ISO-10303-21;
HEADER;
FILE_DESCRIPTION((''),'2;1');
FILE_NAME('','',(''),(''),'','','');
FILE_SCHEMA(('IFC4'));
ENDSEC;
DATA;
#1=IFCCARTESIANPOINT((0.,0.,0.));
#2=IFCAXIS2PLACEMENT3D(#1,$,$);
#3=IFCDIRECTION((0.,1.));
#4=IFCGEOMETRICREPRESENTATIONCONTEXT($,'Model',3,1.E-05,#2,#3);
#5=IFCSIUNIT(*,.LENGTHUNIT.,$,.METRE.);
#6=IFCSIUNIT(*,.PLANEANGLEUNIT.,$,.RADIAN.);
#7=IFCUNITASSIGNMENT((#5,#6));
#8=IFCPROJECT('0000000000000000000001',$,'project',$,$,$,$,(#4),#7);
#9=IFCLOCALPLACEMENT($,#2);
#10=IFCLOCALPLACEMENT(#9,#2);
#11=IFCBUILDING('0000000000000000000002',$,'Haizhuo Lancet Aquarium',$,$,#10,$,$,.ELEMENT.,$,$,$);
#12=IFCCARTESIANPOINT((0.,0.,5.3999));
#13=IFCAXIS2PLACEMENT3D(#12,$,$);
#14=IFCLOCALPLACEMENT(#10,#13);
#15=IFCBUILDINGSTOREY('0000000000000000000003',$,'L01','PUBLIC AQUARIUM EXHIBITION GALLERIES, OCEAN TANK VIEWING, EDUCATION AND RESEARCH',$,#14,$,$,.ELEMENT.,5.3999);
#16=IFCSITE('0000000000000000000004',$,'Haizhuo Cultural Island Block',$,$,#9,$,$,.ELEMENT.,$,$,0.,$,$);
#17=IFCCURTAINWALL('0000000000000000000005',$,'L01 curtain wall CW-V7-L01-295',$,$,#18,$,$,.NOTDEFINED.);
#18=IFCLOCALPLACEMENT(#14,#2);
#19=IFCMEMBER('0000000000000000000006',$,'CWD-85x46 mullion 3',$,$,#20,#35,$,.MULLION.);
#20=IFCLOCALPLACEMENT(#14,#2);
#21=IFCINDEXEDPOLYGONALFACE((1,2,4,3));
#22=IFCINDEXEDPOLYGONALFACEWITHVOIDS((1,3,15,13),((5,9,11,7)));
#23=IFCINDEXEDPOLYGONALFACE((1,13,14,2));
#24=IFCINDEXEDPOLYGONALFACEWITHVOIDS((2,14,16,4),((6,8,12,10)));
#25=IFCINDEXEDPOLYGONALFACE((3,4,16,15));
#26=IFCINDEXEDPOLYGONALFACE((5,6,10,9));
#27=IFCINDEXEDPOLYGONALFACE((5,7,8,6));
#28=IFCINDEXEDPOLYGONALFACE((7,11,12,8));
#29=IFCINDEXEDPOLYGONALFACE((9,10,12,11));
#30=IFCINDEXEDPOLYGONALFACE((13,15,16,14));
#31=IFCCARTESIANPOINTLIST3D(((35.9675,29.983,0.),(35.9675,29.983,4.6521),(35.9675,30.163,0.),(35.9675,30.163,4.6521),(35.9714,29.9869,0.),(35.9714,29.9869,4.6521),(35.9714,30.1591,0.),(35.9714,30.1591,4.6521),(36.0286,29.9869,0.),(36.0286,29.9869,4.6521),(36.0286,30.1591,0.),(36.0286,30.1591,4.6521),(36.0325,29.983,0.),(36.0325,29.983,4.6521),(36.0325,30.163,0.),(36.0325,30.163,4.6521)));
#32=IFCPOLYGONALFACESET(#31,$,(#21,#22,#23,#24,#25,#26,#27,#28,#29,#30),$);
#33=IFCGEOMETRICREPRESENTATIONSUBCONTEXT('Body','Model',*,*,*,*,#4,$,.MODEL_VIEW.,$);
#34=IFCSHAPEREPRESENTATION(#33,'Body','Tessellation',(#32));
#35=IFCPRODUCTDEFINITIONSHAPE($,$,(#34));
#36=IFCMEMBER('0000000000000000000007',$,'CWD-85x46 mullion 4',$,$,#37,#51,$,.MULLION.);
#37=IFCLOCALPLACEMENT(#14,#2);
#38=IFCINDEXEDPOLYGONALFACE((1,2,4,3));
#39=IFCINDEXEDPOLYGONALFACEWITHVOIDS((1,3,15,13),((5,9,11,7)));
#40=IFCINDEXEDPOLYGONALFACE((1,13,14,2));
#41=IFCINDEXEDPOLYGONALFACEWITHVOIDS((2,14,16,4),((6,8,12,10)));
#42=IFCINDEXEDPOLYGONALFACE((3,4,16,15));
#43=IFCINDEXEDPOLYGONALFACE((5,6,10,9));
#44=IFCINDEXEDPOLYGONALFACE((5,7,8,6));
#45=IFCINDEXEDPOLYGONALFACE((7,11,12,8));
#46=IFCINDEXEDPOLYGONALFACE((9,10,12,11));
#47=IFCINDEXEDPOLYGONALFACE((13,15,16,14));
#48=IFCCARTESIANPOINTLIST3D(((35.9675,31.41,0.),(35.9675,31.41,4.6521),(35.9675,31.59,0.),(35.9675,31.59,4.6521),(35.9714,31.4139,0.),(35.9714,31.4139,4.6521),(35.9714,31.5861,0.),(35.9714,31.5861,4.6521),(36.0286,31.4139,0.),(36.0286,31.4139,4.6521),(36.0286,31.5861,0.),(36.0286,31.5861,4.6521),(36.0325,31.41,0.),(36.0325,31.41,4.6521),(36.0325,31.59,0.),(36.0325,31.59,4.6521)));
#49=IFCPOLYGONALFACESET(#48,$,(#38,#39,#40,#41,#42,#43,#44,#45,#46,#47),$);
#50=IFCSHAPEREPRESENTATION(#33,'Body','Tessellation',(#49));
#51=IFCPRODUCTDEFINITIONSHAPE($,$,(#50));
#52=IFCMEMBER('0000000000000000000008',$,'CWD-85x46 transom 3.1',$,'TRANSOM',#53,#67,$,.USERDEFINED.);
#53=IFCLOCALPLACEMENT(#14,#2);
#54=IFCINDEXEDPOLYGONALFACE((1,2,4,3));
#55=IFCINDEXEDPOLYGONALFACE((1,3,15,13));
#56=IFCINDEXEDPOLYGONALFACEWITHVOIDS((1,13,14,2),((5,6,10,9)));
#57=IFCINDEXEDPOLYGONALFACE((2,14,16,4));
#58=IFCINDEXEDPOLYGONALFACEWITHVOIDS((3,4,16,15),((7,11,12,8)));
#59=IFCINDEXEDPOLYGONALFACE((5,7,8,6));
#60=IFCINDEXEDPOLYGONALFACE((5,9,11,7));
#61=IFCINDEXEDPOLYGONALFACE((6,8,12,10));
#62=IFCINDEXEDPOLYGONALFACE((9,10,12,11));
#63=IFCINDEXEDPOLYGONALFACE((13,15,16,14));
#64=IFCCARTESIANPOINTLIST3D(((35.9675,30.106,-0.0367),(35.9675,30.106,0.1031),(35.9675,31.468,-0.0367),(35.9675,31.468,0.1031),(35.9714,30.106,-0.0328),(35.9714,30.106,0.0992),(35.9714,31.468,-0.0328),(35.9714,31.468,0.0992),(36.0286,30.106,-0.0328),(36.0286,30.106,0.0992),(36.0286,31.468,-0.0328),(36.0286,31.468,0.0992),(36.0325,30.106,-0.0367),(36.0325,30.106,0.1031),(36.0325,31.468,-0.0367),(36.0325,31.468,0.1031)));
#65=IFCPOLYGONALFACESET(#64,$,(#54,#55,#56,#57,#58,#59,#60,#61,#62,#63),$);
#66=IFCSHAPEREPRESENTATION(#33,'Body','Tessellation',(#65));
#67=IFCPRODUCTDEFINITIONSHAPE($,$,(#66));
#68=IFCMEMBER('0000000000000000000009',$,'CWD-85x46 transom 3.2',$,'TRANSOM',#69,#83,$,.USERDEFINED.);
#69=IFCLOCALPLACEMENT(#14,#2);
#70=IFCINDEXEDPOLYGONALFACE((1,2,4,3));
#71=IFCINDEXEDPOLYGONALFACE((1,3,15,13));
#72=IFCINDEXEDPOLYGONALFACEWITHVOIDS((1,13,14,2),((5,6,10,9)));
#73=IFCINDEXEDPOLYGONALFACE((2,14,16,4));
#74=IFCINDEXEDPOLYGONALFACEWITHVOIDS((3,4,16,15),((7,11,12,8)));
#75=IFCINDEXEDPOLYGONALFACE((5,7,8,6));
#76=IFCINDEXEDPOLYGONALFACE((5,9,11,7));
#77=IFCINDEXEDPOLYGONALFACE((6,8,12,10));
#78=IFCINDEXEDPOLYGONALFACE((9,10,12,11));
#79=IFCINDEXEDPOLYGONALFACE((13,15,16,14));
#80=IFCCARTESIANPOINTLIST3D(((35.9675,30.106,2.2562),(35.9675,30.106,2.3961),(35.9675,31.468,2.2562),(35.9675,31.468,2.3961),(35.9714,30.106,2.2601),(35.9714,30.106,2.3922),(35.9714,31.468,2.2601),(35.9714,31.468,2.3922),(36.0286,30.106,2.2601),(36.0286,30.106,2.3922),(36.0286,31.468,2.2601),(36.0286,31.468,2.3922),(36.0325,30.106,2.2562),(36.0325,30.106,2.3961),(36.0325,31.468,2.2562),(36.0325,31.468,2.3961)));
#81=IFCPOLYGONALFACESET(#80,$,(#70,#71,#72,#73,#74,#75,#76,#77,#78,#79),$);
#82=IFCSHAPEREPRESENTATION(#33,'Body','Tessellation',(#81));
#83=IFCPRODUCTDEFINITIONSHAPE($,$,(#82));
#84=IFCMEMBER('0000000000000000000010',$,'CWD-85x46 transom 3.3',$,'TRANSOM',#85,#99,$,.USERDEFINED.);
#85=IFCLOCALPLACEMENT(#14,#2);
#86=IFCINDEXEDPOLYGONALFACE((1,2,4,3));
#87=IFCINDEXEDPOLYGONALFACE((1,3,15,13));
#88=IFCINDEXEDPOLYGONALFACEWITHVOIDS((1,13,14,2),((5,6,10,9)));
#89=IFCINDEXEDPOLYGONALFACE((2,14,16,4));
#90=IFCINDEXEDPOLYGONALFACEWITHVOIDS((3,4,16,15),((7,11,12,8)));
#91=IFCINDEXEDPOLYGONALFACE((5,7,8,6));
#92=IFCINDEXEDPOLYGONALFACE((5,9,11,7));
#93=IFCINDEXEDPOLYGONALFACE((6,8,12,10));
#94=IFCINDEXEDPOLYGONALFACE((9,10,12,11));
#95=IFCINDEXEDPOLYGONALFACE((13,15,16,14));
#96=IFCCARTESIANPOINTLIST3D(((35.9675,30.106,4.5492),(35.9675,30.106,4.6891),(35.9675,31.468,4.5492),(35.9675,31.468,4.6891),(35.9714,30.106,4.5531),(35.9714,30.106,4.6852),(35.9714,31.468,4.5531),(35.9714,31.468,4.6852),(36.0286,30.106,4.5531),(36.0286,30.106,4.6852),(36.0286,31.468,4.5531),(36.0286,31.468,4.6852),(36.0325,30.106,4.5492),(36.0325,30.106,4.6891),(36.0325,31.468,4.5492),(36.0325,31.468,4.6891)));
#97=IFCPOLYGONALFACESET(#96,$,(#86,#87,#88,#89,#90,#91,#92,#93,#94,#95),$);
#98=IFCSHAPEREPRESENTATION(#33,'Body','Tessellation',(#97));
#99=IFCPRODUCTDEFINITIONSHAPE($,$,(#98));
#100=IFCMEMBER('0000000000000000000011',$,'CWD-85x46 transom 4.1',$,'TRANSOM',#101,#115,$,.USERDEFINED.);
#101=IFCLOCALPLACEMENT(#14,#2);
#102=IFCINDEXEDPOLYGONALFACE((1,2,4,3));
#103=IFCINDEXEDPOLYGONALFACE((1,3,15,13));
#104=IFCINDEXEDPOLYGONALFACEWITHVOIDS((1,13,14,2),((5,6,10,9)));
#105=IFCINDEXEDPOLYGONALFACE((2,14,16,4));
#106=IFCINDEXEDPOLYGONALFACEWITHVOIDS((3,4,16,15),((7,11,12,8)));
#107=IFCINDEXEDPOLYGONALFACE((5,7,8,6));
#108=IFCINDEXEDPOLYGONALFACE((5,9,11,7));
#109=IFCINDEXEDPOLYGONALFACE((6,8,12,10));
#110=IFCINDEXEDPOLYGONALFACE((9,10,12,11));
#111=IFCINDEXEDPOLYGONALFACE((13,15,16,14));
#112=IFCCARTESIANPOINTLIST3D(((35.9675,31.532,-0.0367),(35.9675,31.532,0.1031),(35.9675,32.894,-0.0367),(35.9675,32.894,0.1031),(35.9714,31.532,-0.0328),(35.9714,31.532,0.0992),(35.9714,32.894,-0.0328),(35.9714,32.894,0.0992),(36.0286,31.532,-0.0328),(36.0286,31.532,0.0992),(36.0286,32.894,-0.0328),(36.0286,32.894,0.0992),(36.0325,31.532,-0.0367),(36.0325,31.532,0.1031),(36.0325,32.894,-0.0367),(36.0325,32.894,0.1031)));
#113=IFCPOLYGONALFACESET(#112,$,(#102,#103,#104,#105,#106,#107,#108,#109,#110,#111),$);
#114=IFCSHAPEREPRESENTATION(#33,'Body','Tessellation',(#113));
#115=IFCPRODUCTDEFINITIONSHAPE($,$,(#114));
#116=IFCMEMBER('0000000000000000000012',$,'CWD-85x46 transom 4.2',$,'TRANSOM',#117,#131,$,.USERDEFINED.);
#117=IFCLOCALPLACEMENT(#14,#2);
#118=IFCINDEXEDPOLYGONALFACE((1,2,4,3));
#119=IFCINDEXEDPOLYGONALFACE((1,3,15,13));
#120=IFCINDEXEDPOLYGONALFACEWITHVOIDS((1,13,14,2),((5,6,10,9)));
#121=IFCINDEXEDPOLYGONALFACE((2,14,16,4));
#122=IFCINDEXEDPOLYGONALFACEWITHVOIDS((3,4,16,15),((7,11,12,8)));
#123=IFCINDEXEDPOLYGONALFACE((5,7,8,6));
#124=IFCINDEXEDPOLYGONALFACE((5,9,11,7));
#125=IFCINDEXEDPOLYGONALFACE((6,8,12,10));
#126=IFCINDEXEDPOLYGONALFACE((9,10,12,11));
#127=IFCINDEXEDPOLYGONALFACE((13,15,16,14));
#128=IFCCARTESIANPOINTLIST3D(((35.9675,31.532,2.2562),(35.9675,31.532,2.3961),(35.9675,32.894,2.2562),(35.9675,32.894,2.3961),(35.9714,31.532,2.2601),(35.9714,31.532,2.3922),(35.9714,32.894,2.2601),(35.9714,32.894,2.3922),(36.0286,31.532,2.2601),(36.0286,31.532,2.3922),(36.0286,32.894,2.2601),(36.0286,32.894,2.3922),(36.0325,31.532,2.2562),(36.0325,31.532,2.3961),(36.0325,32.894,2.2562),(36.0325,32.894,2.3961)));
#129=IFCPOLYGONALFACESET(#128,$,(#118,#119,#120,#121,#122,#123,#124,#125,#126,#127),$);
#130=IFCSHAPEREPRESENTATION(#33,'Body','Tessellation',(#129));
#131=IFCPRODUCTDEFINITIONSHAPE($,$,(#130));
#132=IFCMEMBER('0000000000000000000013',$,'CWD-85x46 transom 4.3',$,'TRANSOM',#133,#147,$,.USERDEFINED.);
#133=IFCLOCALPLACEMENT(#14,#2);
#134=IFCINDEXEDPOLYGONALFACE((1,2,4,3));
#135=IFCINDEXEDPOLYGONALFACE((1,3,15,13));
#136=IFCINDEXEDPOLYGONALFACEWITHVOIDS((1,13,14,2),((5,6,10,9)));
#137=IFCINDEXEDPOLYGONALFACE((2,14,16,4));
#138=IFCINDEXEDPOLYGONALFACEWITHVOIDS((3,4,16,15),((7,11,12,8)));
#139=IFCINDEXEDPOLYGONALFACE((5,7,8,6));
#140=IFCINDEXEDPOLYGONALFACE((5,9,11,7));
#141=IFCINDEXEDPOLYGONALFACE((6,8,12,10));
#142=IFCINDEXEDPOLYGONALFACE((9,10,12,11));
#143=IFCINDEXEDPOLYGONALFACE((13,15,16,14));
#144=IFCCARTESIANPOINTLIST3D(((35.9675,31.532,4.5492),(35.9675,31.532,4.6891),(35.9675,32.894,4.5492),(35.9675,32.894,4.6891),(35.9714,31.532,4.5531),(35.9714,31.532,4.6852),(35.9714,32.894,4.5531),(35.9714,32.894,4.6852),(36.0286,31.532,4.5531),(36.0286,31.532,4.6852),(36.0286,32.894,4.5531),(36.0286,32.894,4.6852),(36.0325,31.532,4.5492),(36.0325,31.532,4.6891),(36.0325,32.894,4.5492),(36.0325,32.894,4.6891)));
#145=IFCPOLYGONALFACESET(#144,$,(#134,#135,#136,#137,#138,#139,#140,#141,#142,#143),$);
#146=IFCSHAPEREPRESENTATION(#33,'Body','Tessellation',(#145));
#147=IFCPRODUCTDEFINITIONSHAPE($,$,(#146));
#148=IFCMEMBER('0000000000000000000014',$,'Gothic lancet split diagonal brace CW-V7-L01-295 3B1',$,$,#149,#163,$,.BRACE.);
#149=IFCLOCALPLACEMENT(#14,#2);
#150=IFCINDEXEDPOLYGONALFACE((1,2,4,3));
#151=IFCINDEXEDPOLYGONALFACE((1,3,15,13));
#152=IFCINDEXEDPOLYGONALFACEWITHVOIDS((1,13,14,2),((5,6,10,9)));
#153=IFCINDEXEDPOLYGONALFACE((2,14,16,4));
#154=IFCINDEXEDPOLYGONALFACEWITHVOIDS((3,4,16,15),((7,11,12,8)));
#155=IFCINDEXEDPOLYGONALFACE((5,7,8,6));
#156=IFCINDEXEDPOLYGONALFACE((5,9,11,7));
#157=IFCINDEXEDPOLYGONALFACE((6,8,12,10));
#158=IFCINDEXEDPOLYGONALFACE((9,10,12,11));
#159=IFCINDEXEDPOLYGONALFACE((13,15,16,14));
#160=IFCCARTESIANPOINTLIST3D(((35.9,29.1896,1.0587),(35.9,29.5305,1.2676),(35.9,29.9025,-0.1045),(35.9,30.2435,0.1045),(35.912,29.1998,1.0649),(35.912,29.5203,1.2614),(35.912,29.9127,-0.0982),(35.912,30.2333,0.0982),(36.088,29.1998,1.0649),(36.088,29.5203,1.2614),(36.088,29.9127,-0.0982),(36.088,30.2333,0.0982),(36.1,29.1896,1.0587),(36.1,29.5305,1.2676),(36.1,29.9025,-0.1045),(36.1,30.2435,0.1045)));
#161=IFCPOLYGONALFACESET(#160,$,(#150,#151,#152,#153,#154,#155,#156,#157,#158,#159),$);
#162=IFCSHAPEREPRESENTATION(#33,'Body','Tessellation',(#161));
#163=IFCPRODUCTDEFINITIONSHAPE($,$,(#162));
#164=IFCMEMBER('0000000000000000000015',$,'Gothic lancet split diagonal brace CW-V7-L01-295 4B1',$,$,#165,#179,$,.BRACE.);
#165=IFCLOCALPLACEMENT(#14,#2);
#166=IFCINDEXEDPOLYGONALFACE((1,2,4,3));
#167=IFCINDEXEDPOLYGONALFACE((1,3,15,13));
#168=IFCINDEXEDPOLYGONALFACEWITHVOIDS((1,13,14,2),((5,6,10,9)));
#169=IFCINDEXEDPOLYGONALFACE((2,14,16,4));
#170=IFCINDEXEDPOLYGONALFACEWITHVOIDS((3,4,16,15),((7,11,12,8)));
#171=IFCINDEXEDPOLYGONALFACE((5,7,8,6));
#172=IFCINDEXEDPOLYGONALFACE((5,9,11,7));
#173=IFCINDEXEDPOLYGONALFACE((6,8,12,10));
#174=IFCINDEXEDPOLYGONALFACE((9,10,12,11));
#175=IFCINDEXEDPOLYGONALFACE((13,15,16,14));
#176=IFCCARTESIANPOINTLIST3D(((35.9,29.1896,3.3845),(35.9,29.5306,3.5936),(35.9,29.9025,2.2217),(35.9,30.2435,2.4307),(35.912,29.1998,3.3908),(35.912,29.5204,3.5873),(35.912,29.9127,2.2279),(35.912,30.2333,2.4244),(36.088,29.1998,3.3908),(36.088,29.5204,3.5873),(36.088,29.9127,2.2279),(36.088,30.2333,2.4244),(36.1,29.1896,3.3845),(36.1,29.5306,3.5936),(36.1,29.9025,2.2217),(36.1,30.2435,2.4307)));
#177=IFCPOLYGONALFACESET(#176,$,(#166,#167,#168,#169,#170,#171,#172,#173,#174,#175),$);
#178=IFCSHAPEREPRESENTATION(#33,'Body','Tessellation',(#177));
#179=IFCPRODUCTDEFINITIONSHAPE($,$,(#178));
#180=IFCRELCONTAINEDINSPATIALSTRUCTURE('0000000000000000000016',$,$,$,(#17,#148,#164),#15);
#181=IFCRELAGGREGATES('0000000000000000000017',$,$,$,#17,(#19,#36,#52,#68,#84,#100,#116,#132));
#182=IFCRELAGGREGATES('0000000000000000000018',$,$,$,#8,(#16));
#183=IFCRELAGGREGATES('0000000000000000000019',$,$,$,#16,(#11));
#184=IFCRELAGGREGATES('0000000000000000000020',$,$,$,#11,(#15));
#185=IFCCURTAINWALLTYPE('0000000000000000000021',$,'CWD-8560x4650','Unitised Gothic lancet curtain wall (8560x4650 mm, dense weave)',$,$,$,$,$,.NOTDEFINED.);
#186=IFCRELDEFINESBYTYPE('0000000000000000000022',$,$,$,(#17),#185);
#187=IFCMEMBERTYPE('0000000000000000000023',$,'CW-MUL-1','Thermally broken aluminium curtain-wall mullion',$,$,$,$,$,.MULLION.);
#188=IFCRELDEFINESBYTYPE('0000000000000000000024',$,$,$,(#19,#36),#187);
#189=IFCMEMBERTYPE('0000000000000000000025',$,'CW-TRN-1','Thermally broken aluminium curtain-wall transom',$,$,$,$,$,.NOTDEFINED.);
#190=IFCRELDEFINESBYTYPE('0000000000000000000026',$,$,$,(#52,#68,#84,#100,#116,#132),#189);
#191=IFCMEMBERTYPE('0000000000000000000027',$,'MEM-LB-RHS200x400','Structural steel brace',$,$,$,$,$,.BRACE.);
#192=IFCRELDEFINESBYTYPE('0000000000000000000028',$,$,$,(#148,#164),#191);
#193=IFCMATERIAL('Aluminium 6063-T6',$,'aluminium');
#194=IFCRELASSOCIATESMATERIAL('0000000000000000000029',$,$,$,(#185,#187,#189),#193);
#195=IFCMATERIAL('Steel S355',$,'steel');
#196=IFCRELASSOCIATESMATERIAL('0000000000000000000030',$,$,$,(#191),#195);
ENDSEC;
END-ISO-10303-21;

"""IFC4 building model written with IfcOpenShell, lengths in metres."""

from ifc_helpers import new_model, si_unit, direction, frame, origin, origin_2d, place, context, subcontext, project, spatial, hollow_rectangle, extrude, material, material_profile, profile_set, type_object, element, aggregate, save


model = new_model("IFC4")

# Units and contexts
model_context = context("Model", 3, precision=1e-05, world=origin(), true_north=direction((0.0, 1.0)))
body_context = subcontext(model_context, "Body", "Model", "MODEL_VIEW")
ifc_project = project(units=[si_unit("LENGTHUNIT", "METRE"), si_unit("PLANEANGLEUNIT", "RADIAN")], contexts=[model_context])

# Site, building, storey
site_placement = place(None, origin())
site = spatial("IfcSite", under=ifc_project, at=site_placement, Name="Haizhuo Cultural Island Block", CompositionType="ELEMENT", RefElevation=0.0)
building_placement = place(site_placement, origin())
building = spatial("IfcBuilding", under=site, at=building_placement, Name="Haizhuo Lancet Aquarium", CompositionType="ELEMENT")
storey_placement = place(building_placement, frame((0.0, 0.0, 5.3999)))
storey = spatial("IfcBuildingStorey", under=building, at=storey_placement, Name="L01", Description="PUBLIC AQUARIUM EXHIBITION GALLERIES, OCEAN TANK VIEWING, EDUCATION AND RESEARCH", CompositionType="ELEMENT", Elevation=5.3999)

# Curtain wall, members
ifc_material_1 = material(Name="Aluminium 6063-T6", Category="aluminium")
curtain_wall_type = type_object("IfcCurtainWallType", Name="CWD-8560x4650", Description="Unitised Gothic lancet curtain wall (8560x4650 mm, dense weave)", PredefinedType="NOTDEFINED", material=ifc_material_1)
curtain_wall_placement = place(storey_placement, origin())
curtain_wall = element("IfcCurtainWall", 1, at=curtain_wall_placement, inside=storey, type_object=curtain_wall_type, Name="L01 curtain wall CW-V7-L01-295", PredefinedType="NOTDEFINED")
ifc_material_profile_1 = material_profile(ifc_material_1, hollow_rectangle(XDim=0.0649, YDim=0.1799, WallThickness=0.0039, at=origin_2d()), Name="ALU-M 65x180x4")
ifc_profile_set_1 = profile_set([ifc_material_profile_1], Name="Aluminium 6063-T6")
member_type_1 = type_object("IfcMemberType", Name="CW-MUL-1", Description="Thermally broken aluminium curtain-wall mullion", PredefinedType="MULLION", material=ifc_profile_set_1)
member_1_placement = place(storey_placement, frame((36.0, 30.073, 0.0), z_axis=(0.0, 0.0, 1.0), x_axis=(-1.0, 0.0, 0.0)))
member_1 = element("IfcMember", 2, at=member_1_placement, type_object=member_type_1, Name="CWD-85x46 mullion 3", PredefinedType="MULLION", context=body_context, shape_type="SweptSolid", body=[
    extrude(hollow_rectangle(XDim=0.0649, YDim=0.1799, WallThickness=0.0039, at=origin_2d()), origin(), (0.0, 0.0, 1.0), 4.6521),
])
member_2_placement = place(storey_placement, frame((36.0, 31.5, 0.0), z_axis=(0.0, 0.0, 1.0), x_axis=(-1.0, 0.0, 0.0)))
member_2 = element("IfcMember", 3, at=member_2_placement, type_object=member_type_1, Name="CWD-85x46 mullion 4", PredefinedType="MULLION", context=body_context, shape_type="SweptSolid", body=[
    extrude(hollow_rectangle(XDim=0.0649, YDim=0.1799, WallThickness=0.0039, at=origin_2d()), origin(), (0.0, 0.0, 1.0), 4.6521),
])
ifc_material_profile_2 = material_profile(ifc_material_1, hollow_rectangle(XDim=0.0649, YDim=0.1399, WallThickness=0.0039, at=origin_2d()), Name="ALU-T 65x140x4")
ifc_profile_set_2 = profile_set([ifc_material_profile_2], Name="Aluminium 6063-T6")
member_type_2 = type_object("IfcMemberType", Name="CW-TRN-1", Description="Thermally broken aluminium curtain-wall transom", PredefinedType="NOTDEFINED", material=ifc_profile_set_2)
member_3_placement = place(storey_placement, frame((36.0, 30.106, 0.0332), z_axis=(0.0, 1.0, 0.0), x_axis=(-1.0, 0.0, 0.0)))
member_3 = element("IfcMember", 4, at=member_3_placement, type_object=member_type_2, Name="CWD-85x46 transom 3.1", ObjectType="TRANSOM", PredefinedType="USERDEFINED", context=body_context, shape_type="SweptSolid", body=[
    extrude(hollow_rectangle(XDim=0.0649, YDim=0.1399, WallThickness=0.0039, at=origin_2d()), origin(), (0.0, 0.0, 1.0), 1.3621),
])
member_4_placement = place(storey_placement, frame((36.0, 30.106, 2.3262), z_axis=(0.0, 1.0, 0.0), x_axis=(-1.0, 0.0, 0.0)))
member_4 = element("IfcMember", 5, at=member_4_placement, type_object=member_type_2, Name="CWD-85x46 transom 3.2", ObjectType="TRANSOM", PredefinedType="USERDEFINED", context=body_context, shape_type="SweptSolid", body=[
    extrude(hollow_rectangle(XDim=0.0649, YDim=0.1399, WallThickness=0.0039, at=origin_2d()), origin(), (0.0, 0.0, 1.0), 1.3621),
])
member_5_placement = place(storey_placement, frame((36.0, 30.106, 4.6191), z_axis=(0.0, 1.0, 0.0), x_axis=(-1.0, 0.0, 0.0)))
member_5 = element("IfcMember", 6, at=member_5_placement, type_object=member_type_2, Name="CWD-85x46 transom 3.3", ObjectType="TRANSOM", PredefinedType="USERDEFINED", context=body_context, shape_type="SweptSolid", body=[
    extrude(hollow_rectangle(XDim=0.0649, YDim=0.1399, WallThickness=0.0039, at=origin_2d()), origin(), (0.0, 0.0, 1.0), 1.3621),
])
member_6_placement = place(storey_placement, frame((36.0, 31.532, 0.0332), z_axis=(0.0, 1.0, 0.0), x_axis=(-1.0, 0.0, 0.0)))
member_6 = element("IfcMember", 7, at=member_6_placement, type_object=member_type_2, Name="CWD-85x46 transom 4.1", ObjectType="TRANSOM", PredefinedType="USERDEFINED", context=body_context, shape_type="SweptSolid", body=[
    extrude(hollow_rectangle(XDim=0.0649, YDim=0.1399, WallThickness=0.0039, at=origin_2d()), origin(), (0.0, 0.0, 1.0), 1.3621),
])
member_7_placement = place(storey_placement, frame((36.0, 31.532, 2.3262), z_axis=(0.0, 1.0, 0.0), x_axis=(-1.0, 0.0, 0.0)))
member_7 = element("IfcMember", 8, at=member_7_placement, type_object=member_type_2, Name="CWD-85x46 transom 4.2", ObjectType="TRANSOM", PredefinedType="USERDEFINED", context=body_context, shape_type="SweptSolid", body=[
    extrude(hollow_rectangle(XDim=0.0649, YDim=0.1399, WallThickness=0.0039, at=origin_2d()), origin(), (0.0, 0.0, 1.0), 1.3621),
])
member_8_placement = place(storey_placement, frame((36.0, 31.532, 4.6191), z_axis=(0.0, 1.0, 0.0), x_axis=(-1.0, 0.0, 0.0)))
member_8 = element("IfcMember", 9, at=member_8_placement, type_object=member_type_2, Name="CWD-85x46 transom 4.3", ObjectType="TRANSOM", PredefinedType="USERDEFINED", context=body_context, shape_type="SweptSolid", body=[
    extrude(hollow_rectangle(XDim=0.0649, YDim=0.1399, WallThickness=0.0039, at=origin_2d()), origin(), (0.0, 0.0, 1.0), 1.3621),
])

# Members
ifc_material_2 = material(Name="Steel S355", Category="steel")
ifc_material_profile_3 = material_profile(ifc_material_2, hollow_rectangle(XDim=0.2, YDim=0.3999, WallThickness=0.012, at=origin_2d()), Name="RHS 200x400x12")
ifc_profile_set_3 = profile_set([ifc_material_profile_3], Name="Steel S355")
member_type_3 = type_object("IfcMemberType", Name="MEM-LB-RHS200x400", Description="Structural steel brace", PredefinedType="BRACE", material=ifc_profile_set_3)
member_9_placement = place(storey_placement, frame((36.0, 30.073, 0.0), z_axis=(0.0, -0.522579, 0.852591), x_axis=(1.0, 0.0, 0.0)))
element("IfcMember", 10, at=member_9_placement, inside=storey, type_object=member_type_3, Name="Gothic lancet split diagonal brace CW-V7-L01-295 3B1", PredefinedType="BRACE", context=body_context, shape_type="SweptSolid", body=[
    extrude(hollow_rectangle(XDim=0.2, YDim=0.3999, WallThickness=0.012, at=origin_2d()), origin(), (0.0, 0.0, 1.0), 1.3643),
])
member_10_placement = place(storey_placement, frame((36.0, 30.073, 2.3262), z_axis=(0.0, -0.522659, 0.852542), x_axis=(1.0, 0.0, 0.0)))
element("IfcMember", 11, at=member_10_placement, inside=storey, type_object=member_type_3, Name="Gothic lancet split diagonal brace CW-V7-L01-295 4B1", PredefinedType="BRACE", context=body_context, shape_type="SweptSolid", body=[
    extrude(hollow_rectangle(XDim=0.2, YDim=0.3999, WallThickness=0.012, at=origin_2d()), origin(), (0.0, 0.0, 1.0), 1.364),
])

aggregate(curtain_wall, [member_1, member_2, member_3, member_4, member_5, member_6, member_7, member_8])

save(model, "model.ifc")
